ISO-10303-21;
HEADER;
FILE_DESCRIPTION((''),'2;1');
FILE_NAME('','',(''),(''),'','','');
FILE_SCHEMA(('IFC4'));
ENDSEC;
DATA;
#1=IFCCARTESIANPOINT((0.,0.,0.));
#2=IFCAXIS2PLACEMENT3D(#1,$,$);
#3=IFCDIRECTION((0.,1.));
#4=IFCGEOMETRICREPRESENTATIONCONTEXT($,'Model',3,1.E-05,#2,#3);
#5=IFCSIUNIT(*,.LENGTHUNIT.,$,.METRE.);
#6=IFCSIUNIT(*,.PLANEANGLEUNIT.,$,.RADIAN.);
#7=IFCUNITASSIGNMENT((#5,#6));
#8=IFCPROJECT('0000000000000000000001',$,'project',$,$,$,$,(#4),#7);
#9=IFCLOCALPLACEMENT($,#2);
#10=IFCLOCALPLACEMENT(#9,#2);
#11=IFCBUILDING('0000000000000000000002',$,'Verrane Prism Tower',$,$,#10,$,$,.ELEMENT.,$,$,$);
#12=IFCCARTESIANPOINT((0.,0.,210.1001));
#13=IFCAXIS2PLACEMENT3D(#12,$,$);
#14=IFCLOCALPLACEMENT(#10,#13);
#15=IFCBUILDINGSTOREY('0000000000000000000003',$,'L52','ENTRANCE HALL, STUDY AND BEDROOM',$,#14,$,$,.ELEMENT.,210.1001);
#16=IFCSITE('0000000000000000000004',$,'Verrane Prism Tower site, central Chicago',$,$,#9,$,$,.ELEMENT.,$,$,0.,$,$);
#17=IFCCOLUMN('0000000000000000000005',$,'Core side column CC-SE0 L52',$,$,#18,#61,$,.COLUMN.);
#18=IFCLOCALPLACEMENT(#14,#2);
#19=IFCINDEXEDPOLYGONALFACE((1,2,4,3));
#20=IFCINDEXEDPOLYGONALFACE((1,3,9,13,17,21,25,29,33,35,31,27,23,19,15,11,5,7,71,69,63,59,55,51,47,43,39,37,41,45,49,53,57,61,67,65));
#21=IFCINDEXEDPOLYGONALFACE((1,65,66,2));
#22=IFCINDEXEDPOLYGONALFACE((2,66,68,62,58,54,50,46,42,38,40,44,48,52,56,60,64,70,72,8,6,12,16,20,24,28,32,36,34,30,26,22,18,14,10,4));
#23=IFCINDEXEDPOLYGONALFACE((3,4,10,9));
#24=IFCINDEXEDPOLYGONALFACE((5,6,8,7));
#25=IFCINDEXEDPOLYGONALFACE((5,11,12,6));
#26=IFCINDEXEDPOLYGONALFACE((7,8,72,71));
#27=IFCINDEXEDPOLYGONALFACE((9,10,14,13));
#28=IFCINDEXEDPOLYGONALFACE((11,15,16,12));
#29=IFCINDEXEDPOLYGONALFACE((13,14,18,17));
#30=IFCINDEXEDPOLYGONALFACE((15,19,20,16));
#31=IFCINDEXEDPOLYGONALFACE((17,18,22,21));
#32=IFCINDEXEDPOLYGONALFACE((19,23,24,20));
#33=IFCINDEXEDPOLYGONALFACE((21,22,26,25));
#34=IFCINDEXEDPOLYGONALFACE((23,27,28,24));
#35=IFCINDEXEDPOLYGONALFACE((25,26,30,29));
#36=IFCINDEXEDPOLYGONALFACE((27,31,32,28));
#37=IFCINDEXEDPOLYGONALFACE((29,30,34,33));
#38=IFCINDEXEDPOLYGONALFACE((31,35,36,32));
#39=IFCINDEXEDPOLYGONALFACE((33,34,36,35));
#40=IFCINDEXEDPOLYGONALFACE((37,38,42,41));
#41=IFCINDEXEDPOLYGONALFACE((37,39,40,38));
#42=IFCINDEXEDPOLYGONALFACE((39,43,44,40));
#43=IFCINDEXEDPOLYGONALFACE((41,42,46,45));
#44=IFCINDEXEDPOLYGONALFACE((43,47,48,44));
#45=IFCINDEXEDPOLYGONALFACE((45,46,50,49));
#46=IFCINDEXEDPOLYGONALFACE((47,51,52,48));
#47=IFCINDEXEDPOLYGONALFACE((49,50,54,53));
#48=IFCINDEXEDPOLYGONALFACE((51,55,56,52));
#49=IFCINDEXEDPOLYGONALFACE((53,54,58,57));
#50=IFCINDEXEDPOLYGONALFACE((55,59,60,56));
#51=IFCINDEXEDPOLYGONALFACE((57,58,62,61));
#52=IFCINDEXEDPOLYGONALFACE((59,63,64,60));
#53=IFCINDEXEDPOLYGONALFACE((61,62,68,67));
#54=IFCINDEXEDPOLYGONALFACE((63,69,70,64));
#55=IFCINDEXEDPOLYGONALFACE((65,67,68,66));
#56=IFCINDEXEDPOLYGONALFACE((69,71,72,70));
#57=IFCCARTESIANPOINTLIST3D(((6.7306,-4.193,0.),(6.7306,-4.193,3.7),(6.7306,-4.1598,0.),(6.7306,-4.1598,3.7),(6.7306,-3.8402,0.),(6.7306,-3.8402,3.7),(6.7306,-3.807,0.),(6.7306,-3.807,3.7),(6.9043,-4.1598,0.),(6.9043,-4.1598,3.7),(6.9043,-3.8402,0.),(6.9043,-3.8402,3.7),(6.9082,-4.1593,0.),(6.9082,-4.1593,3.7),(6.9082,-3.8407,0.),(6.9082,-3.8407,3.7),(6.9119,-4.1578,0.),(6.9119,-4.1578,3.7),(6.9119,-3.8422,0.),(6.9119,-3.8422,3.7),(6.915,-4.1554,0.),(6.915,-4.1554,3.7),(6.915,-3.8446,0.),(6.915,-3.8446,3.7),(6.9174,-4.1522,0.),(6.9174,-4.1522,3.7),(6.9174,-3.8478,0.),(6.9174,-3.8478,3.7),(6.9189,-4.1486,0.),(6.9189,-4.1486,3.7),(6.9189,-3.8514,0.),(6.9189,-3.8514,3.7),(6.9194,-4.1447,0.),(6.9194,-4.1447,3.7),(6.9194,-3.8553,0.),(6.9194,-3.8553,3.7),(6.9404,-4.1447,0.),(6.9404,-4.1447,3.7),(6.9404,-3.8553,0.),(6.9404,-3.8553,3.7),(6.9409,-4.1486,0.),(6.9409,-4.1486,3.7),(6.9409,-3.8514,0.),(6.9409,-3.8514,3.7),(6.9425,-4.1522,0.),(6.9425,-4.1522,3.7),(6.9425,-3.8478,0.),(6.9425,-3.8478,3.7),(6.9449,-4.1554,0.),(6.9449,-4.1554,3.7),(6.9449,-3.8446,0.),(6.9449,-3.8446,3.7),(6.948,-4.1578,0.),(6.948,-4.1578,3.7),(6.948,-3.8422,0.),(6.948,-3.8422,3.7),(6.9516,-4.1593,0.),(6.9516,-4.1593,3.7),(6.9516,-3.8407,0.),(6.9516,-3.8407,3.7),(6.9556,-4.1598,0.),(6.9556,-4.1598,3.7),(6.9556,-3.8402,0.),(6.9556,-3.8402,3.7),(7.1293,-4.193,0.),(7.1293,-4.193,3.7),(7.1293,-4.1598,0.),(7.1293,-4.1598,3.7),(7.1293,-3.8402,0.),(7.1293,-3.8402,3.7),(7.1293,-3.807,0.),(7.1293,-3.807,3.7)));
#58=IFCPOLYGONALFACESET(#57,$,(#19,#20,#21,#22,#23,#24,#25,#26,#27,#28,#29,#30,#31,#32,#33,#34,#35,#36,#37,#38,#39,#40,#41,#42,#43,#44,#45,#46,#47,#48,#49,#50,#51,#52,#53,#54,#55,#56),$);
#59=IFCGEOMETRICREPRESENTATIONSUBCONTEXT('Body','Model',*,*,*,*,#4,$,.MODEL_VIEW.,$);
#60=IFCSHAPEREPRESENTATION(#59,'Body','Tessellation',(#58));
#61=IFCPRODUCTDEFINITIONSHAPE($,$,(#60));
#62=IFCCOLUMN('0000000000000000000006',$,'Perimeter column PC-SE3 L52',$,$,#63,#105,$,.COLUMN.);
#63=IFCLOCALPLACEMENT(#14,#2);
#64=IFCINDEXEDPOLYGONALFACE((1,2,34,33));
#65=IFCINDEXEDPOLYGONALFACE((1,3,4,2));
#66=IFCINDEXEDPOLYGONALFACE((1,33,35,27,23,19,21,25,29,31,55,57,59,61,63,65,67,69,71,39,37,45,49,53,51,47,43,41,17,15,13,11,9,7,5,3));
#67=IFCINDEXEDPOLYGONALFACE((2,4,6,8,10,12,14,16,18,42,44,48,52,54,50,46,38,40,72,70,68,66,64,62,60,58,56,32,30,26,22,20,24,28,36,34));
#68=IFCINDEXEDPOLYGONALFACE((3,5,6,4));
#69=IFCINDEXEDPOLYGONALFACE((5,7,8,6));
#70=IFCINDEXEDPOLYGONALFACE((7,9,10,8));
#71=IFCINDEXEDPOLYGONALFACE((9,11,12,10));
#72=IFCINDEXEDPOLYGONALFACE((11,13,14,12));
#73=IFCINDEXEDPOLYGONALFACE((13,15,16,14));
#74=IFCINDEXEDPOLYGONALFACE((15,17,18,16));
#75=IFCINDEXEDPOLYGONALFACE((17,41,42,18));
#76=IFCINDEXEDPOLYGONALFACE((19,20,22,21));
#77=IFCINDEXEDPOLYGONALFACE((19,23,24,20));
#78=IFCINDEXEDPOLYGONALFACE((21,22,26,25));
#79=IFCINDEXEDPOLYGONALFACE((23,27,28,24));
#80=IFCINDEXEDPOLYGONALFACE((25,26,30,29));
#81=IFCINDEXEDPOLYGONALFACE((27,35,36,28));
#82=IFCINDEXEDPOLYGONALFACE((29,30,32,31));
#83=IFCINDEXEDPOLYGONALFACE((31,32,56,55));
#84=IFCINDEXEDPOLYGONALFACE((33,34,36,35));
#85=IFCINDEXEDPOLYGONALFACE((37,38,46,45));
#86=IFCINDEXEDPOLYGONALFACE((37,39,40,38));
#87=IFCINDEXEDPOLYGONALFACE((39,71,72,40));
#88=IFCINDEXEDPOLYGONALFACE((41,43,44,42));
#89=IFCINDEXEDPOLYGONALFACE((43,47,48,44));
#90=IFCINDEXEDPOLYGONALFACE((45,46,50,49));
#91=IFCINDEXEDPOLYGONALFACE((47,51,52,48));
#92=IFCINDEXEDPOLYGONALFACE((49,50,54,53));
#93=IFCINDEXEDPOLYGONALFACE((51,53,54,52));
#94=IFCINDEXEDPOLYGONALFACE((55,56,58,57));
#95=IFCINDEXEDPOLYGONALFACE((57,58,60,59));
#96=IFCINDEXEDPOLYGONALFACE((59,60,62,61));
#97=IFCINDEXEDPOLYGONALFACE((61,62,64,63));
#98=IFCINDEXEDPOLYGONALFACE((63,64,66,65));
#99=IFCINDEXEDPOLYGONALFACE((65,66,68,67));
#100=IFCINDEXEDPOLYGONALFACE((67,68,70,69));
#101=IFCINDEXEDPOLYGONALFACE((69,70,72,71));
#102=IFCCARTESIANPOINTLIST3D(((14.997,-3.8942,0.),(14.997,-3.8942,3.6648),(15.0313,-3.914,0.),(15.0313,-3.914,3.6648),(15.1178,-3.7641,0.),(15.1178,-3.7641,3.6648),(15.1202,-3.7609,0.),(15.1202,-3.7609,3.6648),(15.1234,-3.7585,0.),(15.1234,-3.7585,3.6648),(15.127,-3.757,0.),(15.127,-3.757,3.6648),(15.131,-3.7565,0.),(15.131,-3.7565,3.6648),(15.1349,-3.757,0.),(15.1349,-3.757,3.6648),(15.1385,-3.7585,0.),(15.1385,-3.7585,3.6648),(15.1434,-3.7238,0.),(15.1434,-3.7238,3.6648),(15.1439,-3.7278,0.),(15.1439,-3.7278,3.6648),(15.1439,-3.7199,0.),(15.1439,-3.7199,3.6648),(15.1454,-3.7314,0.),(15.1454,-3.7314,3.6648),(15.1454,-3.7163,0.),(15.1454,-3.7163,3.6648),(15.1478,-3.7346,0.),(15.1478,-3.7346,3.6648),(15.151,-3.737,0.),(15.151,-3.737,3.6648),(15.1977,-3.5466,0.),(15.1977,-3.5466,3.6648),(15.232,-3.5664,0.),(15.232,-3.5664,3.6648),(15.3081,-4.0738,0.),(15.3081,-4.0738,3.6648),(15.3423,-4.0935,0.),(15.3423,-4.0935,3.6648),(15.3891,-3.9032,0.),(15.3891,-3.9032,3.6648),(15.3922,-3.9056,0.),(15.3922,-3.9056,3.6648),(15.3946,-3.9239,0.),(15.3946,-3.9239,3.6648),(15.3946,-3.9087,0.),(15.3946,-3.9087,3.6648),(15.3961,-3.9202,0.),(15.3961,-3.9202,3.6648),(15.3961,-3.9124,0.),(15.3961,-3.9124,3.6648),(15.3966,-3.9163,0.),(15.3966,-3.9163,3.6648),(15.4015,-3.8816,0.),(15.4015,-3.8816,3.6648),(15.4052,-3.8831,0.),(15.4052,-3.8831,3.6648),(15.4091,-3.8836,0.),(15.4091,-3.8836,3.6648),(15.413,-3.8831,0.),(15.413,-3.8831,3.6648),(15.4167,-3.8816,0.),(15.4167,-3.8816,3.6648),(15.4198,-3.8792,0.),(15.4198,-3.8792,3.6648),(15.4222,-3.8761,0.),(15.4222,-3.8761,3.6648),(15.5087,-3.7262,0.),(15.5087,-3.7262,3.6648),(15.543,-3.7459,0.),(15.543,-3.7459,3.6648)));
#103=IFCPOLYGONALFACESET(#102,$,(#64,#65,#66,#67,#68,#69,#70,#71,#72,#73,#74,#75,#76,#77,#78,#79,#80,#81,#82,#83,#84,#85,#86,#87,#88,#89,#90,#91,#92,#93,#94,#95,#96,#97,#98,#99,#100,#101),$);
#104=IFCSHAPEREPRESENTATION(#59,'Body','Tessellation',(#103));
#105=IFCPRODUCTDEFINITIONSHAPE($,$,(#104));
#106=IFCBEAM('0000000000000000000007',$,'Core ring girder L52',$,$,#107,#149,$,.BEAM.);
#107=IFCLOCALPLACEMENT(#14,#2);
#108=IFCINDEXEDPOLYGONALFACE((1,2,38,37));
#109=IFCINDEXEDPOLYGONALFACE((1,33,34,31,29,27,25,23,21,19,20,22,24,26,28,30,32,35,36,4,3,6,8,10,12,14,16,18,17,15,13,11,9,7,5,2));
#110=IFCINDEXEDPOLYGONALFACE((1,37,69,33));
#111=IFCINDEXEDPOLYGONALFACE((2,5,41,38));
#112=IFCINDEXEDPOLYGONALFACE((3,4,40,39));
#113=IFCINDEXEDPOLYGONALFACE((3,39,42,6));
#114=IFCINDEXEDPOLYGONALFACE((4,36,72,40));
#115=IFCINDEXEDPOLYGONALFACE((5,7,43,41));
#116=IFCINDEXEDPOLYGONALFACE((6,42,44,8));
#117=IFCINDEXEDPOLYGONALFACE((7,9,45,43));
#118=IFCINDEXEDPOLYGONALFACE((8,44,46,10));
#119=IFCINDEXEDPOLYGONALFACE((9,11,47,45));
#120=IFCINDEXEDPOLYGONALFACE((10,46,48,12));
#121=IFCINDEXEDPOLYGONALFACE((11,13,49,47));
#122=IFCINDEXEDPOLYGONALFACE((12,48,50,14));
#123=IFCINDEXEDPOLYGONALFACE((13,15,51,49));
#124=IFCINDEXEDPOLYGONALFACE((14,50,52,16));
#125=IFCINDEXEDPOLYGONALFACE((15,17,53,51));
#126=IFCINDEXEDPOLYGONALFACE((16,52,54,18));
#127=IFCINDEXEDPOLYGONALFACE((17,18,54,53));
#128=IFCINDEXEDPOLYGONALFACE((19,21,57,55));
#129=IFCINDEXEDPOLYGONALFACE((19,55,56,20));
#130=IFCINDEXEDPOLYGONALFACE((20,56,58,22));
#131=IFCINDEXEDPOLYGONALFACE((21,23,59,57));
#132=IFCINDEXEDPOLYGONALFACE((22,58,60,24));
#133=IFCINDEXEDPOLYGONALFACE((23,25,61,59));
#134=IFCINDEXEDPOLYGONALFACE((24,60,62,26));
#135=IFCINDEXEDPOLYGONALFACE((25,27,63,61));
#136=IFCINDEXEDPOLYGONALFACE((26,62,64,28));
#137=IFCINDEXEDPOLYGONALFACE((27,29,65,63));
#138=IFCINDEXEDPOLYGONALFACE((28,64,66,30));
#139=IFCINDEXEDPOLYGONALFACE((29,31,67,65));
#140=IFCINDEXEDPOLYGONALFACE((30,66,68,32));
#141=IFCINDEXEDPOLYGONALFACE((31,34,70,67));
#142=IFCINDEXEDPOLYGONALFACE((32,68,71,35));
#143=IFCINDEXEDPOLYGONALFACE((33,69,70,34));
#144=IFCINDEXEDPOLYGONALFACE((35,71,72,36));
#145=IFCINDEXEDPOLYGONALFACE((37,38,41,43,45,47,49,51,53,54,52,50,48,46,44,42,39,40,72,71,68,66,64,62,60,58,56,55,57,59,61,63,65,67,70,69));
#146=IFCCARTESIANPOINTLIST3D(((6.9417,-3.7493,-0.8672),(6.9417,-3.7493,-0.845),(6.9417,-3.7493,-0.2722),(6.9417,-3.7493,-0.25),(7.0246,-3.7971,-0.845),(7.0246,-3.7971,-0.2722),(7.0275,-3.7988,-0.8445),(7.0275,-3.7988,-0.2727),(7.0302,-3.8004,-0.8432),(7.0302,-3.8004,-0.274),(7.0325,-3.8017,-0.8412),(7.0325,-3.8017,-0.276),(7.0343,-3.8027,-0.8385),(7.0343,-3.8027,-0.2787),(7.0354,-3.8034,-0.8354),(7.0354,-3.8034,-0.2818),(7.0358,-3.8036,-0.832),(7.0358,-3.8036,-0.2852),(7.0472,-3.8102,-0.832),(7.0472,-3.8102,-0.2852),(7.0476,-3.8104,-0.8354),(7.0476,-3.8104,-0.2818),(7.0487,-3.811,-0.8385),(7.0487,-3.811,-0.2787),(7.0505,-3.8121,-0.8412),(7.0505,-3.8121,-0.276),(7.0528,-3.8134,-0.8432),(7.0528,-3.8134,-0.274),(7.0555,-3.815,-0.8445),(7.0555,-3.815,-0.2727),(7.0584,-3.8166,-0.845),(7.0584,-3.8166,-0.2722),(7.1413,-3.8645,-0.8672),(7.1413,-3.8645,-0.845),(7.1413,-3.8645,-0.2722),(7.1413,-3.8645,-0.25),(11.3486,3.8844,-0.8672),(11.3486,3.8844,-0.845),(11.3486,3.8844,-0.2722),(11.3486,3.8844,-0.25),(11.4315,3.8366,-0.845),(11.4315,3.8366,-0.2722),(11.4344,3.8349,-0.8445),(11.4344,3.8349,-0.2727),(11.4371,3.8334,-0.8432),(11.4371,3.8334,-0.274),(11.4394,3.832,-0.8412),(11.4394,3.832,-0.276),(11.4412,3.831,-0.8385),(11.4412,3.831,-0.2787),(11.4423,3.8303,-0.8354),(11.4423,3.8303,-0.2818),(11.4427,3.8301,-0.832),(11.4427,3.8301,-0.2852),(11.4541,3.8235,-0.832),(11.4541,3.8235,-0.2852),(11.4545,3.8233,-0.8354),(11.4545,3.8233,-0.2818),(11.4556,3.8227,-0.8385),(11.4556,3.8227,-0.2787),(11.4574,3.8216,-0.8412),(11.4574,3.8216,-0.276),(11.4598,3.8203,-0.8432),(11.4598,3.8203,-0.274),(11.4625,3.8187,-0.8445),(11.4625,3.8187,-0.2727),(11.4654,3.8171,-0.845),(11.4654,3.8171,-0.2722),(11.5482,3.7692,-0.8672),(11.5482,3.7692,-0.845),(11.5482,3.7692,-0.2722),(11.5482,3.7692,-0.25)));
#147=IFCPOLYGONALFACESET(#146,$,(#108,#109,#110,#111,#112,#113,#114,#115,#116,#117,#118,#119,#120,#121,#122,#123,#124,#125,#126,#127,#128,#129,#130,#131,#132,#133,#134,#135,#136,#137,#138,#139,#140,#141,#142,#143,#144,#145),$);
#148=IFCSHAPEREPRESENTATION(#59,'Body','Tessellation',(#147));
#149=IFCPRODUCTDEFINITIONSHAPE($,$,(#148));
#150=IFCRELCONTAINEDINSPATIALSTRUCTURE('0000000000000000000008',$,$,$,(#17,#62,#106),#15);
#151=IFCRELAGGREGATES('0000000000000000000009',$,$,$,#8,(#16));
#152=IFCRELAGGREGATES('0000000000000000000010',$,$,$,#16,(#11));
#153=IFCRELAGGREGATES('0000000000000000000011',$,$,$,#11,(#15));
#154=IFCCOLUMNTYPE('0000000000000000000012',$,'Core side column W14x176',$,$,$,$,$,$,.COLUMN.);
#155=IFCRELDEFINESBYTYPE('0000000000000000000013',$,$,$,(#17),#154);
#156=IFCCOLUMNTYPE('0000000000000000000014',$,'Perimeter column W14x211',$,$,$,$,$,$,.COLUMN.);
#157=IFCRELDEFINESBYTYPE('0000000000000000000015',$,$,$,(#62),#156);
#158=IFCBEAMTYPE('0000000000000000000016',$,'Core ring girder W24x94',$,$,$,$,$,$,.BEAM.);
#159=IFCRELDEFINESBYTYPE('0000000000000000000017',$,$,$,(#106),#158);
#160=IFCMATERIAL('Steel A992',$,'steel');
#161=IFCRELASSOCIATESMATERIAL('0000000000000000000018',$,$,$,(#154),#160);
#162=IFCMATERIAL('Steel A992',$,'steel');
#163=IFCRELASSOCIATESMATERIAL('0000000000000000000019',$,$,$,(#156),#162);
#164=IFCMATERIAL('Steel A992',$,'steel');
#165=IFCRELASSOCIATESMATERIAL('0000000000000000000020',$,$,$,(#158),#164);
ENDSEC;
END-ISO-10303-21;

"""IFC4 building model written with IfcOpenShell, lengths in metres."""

from ifc_helpers import new_model, si_unit, direction, frame, origin, origin_2d, place, context, subcontext, project, spatial, i_section, extrude, material, material_profile, profile_set, type_object, element, save


model = new_model("IFC4")

# Units and contexts
model_context = context("Model", 3, precision=1e-05, world=origin(), true_north=direction((0.0, 1.0)))
body_context = subcontext(model_context, "Body", "Model", "MODEL_VIEW")
ifc_project = project(units=[si_unit("LENGTHUNIT", "METRE"), si_unit("PLANEANGLEUNIT", "RADIAN")], contexts=[model_context])

# Site, building, storey
site_placement = place(None, origin())
site = spatial("IfcSite", under=ifc_project, at=site_placement, Name="Verrane Prism Tower site, central Chicago", CompositionType="ELEMENT", RefElevation=0.0)
building_placement = place(site_placement, origin())
building = spatial("IfcBuilding", under=site, at=building_placement, Name="Verrane Prism Tower", CompositionType="ELEMENT")
storey_placement = place(building_placement, frame((0.0, 0.0, 210.1001)))
storey = spatial("IfcBuildingStorey", under=building, at=storey_placement, Name="L52", Description="ENTRANCE HALL, STUDY AND BEDROOM", CompositionType="ELEMENT", Elevation=210.1001)

# Columns
ifc_material_1 = material(Name="Steel A992", Category="steel")
ifc_material_profile_1 = material_profile(ifc_material_1, i_section(OverallWidth=0.3987, OverallDepth=0.386, WebThickness=0.021, FlangeThickness=0.0332, FilletRadius=0.0151, at=origin_2d()), Name="W14x176")
ifc_profile_set_1 = profile_set([ifc_material_profile_1], Name="Steel A992")
column_type_1 = type_object("IfcColumnType", Name="Core side column W14x176", PredefinedType="COLUMN", material=ifc_profile_set_1)
column_1_placement = place(storey_placement, frame((6.9299, -4.0, 0.0), z_axis=(0.0, 0.0, 1.0), x_axis=(1.0, 0.0, 0.0)))
element("IfcColumn", 1, at=column_1_placement, inside=storey, type_object=column_type_1, Name="Core side column CC-SE0 L52", PredefinedType="COLUMN", context=body_context, shape_type="SweptSolid", body=[
    extrude(i_section(OverallWidth=0.3987, OverallDepth=0.386, WebThickness=0.021, FlangeThickness=0.0332, FilletRadius=0.0151, at=origin_2d()), origin(), (0.0, 0.0, 1.0), 3.7),
])
ifc_material_2 = material(Name="Steel A992", Category="steel")
ifc_material_profile_2 = material_profile(ifc_material_2, i_section(OverallWidth=0.4014, OverallDepth=0.3987, WebThickness=0.0249, FlangeThickness=0.0396, FilletRadius=0.0151, at=origin_2d()), Name="W14x211")
ifc_profile_set_2 = profile_set([ifc_material_profile_2], Name="Steel A992")
column_type_2 = type_object("IfcColumnType", Name="Perimeter column W14x211", PredefinedType="COLUMN", material=ifc_profile_set_2)
column_2_placement = place(storey_placement, frame((15.27, -3.8201, 0.0), z_axis=(0.0, 0.0, 1.0), x_axis=(-0.5, -0.866025, 0.0)))
element("IfcColumn", 2, at=column_2_placement, inside=storey, type_object=column_type_2, Name="Perimeter column PC-SE3 L52", PredefinedType="COLUMN", context=body_context, shape_type="SweptSolid", body=[
    extrude(i_section(OverallWidth=0.4014, OverallDepth=0.3987, WebThickness=0.0249, FlangeThickness=0.0396, FilletRadius=0.0151, at=origin_2d()), origin(), (0.0, 0.0, 1.0), 3.6648),
])

# Beam
ifc_material_3 = material(Name="Steel A992", Category="steel")
ifc_material_profile_3 = material_profile(ifc_material_3, i_section(OverallWidth=0.2305, OverallDepth=0.6172, WebThickness=0.0132, FlangeThickness=0.0222, FilletRadius=0.0129, at=origin_2d()), Name="W24x94")
ifc_profile_set_3 = profile_set([ifc_material_profile_3], Name="Steel A992")
beam_type_1 = type_object("IfcBeamType", Name="Core ring girder W24x94", PredefinedType="BEAM", material=ifc_profile_set_3)
beam_1_placement = place(storey_placement, frame((7.0415, -3.8069, -0.5586), z_axis=(0.499967, 0.866044, 0.0), x_axis=(-0.866044, 0.499967, 0.0)))
element("IfcBeam", 3, at=beam_1_placement, inside=storey, type_object=beam_type_1, Name="Core ring girder L52", PredefinedType="BEAM", context=body_context, shape_type="SweptSolid", body=[
    extrude(i_section(OverallWidth=0.2305, OverallDepth=0.6172, WebThickness=0.0132, FlangeThickness=0.0222, FilletRadius=0.0129, at=origin_2d()), origin(), (0.0, 0.0, 1.0), 8.8145),
])

save(model, "model.ifc")
